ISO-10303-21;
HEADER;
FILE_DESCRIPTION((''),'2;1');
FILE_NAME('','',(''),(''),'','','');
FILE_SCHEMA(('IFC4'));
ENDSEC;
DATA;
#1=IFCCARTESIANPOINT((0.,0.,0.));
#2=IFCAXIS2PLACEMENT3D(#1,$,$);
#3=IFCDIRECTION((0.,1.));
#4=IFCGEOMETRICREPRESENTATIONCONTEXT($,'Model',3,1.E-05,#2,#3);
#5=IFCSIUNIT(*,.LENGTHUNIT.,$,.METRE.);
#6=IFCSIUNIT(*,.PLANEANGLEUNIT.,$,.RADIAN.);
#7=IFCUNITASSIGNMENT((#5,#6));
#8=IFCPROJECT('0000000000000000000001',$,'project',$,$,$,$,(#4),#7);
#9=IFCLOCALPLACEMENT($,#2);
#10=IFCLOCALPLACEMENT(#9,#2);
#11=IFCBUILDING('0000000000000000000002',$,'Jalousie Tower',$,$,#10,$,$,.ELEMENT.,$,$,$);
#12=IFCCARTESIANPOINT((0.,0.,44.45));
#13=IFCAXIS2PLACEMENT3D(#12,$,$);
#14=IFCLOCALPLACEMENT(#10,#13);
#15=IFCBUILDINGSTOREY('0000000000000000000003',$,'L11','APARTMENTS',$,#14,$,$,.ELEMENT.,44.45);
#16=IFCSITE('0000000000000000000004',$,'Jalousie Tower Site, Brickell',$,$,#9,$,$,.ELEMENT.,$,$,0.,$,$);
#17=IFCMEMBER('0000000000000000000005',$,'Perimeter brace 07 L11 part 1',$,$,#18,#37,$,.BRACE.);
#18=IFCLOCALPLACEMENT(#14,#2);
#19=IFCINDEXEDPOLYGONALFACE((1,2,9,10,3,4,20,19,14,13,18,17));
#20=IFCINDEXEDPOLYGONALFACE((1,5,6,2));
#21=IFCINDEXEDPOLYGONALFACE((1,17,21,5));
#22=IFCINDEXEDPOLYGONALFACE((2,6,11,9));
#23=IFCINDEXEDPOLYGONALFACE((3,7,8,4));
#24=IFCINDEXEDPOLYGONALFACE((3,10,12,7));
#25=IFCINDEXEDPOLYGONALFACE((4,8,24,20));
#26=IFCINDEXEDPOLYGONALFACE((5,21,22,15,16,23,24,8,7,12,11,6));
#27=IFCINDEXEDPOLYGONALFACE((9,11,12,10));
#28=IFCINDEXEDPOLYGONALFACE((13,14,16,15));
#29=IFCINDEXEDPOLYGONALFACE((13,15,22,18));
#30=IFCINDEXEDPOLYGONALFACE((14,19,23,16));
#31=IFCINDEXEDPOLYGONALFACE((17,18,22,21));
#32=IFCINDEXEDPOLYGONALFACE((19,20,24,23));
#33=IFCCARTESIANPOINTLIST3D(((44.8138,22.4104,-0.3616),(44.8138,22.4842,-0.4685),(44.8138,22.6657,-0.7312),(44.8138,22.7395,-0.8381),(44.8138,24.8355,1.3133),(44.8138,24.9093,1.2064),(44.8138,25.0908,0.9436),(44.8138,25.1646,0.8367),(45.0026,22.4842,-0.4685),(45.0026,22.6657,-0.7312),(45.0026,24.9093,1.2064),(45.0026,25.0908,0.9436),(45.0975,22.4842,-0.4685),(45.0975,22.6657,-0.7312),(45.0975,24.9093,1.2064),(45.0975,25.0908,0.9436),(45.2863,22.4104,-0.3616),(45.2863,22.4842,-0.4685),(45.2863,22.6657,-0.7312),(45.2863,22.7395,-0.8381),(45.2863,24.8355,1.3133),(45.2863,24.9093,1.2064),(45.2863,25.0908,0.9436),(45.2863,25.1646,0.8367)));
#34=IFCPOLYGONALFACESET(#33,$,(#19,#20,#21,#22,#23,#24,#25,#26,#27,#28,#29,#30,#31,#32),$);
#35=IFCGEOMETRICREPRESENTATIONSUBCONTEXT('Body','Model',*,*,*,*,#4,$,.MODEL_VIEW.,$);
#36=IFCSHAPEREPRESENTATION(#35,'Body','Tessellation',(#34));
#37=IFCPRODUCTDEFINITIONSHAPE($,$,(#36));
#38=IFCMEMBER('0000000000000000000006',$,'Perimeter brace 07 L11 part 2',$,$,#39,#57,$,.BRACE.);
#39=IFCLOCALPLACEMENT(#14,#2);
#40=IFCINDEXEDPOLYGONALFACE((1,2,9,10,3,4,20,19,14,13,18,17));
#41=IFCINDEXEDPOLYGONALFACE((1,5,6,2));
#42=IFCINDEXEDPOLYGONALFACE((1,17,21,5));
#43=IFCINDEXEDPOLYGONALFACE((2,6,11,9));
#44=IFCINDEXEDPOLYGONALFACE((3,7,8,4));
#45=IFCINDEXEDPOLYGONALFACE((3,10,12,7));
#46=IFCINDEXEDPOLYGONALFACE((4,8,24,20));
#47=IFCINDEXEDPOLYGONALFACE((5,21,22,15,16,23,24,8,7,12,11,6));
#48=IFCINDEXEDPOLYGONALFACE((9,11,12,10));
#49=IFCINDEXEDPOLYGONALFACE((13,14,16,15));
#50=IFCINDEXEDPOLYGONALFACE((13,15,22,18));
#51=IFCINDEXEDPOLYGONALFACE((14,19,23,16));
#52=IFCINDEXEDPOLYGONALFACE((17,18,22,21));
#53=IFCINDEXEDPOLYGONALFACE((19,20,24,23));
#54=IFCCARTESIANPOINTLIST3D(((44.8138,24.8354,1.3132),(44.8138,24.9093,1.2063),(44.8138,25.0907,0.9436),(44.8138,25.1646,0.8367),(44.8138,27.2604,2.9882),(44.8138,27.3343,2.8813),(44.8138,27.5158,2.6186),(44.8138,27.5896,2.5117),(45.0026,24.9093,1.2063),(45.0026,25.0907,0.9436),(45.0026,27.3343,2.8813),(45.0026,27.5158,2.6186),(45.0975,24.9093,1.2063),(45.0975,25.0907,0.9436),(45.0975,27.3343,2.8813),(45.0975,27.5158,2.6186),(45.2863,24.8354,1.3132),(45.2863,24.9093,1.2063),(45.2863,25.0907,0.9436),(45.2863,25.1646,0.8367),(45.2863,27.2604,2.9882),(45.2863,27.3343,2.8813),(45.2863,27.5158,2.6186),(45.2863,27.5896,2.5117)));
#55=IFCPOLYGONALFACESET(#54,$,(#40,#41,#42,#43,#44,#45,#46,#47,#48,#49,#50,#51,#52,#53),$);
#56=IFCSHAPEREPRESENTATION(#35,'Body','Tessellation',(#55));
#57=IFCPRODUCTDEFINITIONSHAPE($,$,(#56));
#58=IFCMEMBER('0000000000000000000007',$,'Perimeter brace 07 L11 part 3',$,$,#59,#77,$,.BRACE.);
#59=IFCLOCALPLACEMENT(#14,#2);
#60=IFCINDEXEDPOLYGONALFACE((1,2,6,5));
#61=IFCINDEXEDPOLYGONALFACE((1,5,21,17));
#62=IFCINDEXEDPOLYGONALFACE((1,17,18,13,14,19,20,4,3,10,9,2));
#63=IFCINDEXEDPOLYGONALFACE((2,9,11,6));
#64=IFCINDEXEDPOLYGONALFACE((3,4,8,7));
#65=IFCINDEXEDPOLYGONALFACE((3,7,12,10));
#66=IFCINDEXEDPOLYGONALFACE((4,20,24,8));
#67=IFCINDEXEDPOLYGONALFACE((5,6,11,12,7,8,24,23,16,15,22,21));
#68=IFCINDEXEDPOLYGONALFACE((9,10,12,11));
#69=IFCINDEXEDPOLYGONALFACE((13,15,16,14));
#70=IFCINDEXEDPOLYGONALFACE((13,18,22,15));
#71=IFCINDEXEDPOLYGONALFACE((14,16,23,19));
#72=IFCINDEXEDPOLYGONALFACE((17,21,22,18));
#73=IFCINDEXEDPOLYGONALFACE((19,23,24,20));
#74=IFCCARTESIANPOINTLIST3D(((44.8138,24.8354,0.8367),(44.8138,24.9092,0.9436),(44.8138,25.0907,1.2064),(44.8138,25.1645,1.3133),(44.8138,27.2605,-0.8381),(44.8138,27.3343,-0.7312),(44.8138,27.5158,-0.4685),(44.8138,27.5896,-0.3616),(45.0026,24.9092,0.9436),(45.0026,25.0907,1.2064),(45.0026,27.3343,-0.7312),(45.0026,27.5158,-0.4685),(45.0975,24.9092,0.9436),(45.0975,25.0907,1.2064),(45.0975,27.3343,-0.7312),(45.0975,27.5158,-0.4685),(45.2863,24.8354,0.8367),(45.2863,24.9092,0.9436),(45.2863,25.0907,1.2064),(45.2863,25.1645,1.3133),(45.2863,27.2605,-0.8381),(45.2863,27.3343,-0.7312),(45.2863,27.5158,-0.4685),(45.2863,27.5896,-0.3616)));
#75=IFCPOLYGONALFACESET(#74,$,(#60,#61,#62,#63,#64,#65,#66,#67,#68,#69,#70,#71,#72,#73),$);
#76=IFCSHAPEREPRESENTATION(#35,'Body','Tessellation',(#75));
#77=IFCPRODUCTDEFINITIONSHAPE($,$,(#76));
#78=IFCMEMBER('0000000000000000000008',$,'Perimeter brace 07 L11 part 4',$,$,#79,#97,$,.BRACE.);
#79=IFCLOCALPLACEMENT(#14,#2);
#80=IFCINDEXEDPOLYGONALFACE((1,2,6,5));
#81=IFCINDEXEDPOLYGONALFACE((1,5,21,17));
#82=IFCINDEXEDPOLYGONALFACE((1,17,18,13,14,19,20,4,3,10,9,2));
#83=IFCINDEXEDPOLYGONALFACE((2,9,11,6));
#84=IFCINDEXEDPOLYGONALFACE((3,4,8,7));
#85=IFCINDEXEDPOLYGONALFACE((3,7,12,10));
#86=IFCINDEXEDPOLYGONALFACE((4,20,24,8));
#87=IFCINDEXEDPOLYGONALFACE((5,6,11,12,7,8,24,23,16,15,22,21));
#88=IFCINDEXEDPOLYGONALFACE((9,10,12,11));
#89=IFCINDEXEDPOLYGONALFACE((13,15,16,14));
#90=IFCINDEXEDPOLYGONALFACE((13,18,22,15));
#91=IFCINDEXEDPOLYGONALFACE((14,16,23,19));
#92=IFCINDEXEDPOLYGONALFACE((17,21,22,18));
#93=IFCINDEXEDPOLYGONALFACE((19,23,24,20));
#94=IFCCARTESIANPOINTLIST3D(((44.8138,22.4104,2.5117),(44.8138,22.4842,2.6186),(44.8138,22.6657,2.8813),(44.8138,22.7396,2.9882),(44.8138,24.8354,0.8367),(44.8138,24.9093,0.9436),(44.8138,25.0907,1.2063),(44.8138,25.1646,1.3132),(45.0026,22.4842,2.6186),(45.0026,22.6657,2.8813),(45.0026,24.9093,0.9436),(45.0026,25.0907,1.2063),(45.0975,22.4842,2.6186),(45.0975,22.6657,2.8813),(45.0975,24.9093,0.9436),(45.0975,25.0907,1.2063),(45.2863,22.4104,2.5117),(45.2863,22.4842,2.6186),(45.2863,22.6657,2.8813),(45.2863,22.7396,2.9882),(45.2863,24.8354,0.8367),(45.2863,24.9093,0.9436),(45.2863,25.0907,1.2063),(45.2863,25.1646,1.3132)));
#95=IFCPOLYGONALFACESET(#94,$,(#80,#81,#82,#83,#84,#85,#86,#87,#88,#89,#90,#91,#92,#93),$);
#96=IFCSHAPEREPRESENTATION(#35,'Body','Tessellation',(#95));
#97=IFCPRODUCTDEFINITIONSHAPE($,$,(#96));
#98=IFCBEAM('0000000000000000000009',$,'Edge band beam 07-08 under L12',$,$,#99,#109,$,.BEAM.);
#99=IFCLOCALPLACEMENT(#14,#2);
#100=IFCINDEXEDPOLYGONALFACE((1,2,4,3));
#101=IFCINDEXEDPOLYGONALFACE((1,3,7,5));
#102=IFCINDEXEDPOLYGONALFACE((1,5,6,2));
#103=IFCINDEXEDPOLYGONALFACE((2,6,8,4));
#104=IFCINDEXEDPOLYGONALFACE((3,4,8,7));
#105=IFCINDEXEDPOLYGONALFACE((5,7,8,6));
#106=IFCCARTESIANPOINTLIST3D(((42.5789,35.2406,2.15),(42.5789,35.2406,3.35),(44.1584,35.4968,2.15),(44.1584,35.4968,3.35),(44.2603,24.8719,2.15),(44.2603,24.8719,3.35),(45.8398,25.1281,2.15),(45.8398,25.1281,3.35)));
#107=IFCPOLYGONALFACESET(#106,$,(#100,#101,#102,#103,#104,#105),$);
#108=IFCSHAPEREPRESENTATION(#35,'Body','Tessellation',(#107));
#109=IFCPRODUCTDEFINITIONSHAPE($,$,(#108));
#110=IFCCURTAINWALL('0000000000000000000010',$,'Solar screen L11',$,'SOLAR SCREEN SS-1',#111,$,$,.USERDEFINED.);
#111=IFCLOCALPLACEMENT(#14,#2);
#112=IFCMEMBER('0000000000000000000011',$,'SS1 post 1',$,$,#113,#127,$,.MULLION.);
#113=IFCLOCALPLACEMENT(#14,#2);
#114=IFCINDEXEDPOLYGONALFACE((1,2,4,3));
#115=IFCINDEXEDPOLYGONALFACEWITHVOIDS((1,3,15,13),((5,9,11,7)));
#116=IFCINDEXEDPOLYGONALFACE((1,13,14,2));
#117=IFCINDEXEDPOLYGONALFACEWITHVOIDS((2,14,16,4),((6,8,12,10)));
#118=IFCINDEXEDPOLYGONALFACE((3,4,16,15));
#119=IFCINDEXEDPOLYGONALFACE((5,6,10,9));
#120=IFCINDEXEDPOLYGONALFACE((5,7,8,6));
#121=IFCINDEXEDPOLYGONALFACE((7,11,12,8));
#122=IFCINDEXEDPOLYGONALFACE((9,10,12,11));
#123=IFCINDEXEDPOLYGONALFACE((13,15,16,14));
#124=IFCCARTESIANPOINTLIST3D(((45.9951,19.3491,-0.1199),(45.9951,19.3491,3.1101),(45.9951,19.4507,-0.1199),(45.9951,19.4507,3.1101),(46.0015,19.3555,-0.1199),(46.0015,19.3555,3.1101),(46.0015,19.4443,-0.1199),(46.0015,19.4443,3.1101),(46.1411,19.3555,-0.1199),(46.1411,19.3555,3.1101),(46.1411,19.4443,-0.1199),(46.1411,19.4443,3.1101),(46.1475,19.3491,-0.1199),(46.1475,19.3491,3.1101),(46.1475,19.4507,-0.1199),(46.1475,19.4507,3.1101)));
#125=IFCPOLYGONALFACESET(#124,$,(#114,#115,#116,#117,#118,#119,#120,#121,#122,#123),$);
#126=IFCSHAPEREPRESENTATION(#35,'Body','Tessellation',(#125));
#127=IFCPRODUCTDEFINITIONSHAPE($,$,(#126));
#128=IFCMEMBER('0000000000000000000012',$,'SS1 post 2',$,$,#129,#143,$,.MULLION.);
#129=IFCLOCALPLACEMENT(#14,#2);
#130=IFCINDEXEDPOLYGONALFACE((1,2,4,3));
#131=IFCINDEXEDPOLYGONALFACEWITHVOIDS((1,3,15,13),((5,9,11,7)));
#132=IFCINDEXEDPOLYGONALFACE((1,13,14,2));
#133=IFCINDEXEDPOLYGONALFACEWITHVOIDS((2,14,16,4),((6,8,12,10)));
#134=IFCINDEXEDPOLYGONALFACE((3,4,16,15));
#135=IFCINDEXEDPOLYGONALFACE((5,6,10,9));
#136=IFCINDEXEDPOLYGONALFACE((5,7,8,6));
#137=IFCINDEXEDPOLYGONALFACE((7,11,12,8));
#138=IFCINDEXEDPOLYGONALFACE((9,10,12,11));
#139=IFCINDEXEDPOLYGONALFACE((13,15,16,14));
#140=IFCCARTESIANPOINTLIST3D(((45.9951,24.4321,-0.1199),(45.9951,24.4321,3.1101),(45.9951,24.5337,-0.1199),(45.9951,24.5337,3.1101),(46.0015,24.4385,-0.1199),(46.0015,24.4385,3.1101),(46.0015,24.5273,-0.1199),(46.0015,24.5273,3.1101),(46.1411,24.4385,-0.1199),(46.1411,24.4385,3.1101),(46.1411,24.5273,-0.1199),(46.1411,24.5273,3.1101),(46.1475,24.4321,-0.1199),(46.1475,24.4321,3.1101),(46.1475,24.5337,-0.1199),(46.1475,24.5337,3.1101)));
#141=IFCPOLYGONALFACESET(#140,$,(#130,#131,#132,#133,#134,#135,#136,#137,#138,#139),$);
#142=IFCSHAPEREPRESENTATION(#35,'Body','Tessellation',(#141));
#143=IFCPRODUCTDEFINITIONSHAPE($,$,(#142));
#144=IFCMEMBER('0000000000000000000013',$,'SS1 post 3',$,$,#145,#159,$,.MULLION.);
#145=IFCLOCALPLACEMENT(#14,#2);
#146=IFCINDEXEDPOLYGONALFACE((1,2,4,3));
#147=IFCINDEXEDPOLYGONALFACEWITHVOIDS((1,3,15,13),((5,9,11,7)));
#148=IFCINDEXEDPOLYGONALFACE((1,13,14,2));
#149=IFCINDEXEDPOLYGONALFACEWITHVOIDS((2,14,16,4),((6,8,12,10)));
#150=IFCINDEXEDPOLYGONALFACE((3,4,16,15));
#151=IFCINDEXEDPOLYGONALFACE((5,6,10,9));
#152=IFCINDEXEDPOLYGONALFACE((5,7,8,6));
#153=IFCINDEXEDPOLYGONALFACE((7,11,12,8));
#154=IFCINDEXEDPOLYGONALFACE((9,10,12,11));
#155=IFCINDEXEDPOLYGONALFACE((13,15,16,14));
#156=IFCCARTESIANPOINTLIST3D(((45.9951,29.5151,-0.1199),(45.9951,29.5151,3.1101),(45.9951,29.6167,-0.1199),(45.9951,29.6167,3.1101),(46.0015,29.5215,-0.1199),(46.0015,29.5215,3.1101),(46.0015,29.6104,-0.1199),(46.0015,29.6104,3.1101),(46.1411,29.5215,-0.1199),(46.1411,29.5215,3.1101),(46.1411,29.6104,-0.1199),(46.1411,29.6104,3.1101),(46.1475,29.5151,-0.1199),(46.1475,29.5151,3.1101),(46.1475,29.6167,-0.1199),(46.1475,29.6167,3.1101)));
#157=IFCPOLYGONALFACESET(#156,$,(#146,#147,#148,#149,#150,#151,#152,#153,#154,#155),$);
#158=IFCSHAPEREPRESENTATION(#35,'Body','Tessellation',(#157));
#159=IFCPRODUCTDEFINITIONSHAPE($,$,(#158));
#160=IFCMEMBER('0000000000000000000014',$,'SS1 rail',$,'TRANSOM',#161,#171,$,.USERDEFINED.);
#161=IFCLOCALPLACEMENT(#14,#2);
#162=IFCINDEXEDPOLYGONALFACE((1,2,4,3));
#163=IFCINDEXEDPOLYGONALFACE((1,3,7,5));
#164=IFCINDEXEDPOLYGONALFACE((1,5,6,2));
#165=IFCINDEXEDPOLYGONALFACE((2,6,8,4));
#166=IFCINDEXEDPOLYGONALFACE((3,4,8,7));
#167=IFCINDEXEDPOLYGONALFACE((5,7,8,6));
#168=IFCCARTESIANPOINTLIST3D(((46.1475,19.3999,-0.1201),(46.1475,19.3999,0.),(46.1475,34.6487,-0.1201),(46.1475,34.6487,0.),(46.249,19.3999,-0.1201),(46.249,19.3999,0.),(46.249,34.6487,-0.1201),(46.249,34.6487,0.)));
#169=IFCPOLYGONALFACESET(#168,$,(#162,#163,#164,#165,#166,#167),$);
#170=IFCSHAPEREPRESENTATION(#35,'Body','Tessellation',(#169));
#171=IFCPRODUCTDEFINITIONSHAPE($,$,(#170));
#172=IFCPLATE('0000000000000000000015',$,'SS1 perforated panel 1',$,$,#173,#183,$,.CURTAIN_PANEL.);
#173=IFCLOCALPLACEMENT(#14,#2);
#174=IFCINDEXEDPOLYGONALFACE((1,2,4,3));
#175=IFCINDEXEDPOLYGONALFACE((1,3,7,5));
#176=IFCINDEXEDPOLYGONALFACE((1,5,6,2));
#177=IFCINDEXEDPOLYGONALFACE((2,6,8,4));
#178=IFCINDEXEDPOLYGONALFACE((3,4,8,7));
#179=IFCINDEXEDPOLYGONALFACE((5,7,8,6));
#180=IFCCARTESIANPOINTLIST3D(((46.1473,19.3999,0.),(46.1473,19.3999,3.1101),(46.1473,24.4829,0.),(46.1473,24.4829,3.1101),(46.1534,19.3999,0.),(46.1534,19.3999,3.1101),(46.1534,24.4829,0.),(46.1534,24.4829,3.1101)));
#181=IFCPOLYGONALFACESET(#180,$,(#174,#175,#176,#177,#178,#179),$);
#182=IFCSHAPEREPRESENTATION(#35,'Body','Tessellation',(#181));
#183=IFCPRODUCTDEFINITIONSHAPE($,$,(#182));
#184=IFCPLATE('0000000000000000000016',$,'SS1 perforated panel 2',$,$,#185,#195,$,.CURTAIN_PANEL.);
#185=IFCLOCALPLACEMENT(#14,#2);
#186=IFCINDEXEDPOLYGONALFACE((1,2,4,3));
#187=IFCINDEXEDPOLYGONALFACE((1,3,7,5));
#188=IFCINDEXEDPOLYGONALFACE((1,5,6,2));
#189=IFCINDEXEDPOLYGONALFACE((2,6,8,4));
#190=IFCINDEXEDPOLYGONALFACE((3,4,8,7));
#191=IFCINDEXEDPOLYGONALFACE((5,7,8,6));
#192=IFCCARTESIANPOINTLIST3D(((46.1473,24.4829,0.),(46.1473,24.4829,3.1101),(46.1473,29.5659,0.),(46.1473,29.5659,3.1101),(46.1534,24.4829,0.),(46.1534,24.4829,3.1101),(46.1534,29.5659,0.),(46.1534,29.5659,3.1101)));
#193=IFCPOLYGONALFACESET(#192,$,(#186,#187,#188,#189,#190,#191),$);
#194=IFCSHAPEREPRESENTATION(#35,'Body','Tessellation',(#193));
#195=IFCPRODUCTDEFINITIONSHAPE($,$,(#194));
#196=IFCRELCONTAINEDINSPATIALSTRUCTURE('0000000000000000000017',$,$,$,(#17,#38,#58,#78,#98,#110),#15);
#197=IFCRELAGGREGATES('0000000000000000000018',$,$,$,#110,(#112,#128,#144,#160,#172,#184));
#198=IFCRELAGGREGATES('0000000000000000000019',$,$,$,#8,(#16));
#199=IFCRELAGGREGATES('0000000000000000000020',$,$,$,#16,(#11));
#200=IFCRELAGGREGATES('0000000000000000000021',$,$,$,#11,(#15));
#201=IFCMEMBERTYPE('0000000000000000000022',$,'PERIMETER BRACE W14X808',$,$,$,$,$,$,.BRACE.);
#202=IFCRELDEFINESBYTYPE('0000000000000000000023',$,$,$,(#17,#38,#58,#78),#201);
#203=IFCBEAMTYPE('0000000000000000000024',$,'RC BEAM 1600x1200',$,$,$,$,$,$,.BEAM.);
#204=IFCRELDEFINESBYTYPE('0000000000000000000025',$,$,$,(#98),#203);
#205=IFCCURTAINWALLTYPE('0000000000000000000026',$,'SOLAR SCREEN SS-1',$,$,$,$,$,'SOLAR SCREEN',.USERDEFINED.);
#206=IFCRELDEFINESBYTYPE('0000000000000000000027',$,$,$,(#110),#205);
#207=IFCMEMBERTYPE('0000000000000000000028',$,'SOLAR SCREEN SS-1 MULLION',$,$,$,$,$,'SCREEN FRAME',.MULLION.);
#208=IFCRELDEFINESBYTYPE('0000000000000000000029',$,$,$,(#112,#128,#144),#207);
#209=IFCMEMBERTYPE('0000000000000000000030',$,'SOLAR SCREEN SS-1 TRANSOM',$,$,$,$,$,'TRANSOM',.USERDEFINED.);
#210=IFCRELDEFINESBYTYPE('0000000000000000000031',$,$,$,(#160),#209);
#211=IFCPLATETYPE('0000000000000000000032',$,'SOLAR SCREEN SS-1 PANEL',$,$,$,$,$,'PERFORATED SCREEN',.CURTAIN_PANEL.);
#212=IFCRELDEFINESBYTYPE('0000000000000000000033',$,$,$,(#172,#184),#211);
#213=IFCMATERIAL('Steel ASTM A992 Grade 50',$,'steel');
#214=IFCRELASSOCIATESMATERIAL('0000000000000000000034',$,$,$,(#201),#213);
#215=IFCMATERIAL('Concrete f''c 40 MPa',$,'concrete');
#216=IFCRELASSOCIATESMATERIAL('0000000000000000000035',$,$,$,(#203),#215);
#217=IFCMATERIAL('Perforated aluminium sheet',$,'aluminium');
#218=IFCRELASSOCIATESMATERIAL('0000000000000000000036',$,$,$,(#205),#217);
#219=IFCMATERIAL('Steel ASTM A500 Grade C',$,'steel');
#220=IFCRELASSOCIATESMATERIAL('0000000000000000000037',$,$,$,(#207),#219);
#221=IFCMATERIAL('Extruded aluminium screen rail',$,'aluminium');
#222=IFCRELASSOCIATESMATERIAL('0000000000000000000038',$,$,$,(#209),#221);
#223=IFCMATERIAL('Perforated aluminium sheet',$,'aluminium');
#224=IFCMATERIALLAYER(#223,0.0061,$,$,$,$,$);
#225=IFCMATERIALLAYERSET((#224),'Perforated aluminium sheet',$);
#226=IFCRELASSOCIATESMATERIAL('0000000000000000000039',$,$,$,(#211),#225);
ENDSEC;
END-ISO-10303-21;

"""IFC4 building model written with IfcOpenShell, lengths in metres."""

from ifc_helpers import new_model, si_unit, direction, frame, origin, origin_2d, place, context, subcontext, project, spatial, rectangle, hollow_rectangle, i_section, extrude, material, layer, layer_set, material_profile, profile_set, type_object, element, aggregate, save


model = new_model("IFC4")

# Units and contexts
model_context = context("Model", 3, precision=1e-05, world=origin(), true_north=direction((0.0, 1.0)))
body_context = subcontext(model_context, "Body", "Model", "MODEL_VIEW")
ifc_project = project(units=[si_unit("LENGTHUNIT", "METRE"), si_unit("PLANEANGLEUNIT", "RADIAN")], contexts=[model_context])

# Site, building, storey
site_placement = place(None, origin())
site = spatial("IfcSite", under=ifc_project, at=site_placement, Name="Jalousie Tower Site, Brickell", CompositionType="ELEMENT", RefElevation=0.0)
building_placement = place(site_placement, origin())
building = spatial("IfcBuilding", under=site, at=building_placement, Name="Jalousie Tower", CompositionType="ELEMENT")
storey_placement = place(building_placement, frame((0.0, 0.0, 44.45)))
storey = spatial("IfcBuildingStorey", under=building, at=storey_placement, Name="L11", Description="APARTMENTS", CompositionType="ELEMENT", Elevation=44.45)

# Members
ifc_material_1 = material(Name="Steel ASTM A992 Grade 50", Category="steel")
ifc_material_profile_1 = material_profile(ifc_material_1, i_section(OverallWidth=0.4724, OverallDepth=0.5791, WebThickness=0.095, FlangeThickness=0.1299, at=origin_2d()), Name="W14X808")
ifc_profile_set_1 = profile_set([ifc_material_profile_1], Name="Steel ASTM A992 Grade 50")
member_type_1 = type_object("IfcMemberType", Name="PERIMETER BRACE W14X808", PredefinedType="BRACE", material=ifc_profile_set_1)
for number, where, z_axis, x_axis, name in (
    (1, (45.05, 22.575, -0.5999), (0.0, 0.822839, 0.568275), (-1.0, 0.0, 0.0), "Perimeter brace 07 L11 part 1"),
    (2, (45.05, 25.0, 1.075), (0.0, 0.8228, 0.568331), (-1.0, 0.0, 0.0), "Perimeter brace 07 L11 part 2"),
    (3, (45.05, 27.425, -0.5999), (0.0, -0.822839, 0.568275), (1.0, 0.0, 0.0), "Perimeter brace 07 L11 part 3"),
    (4, (45.05, 25.0, 1.075), (0.0, -0.8228, 0.568331), (1.0, 0.0, 0.0), "Perimeter brace 07 L11 part 4"),
):
    element("IfcMember", number, at=place(storey_placement, frame(where, z_axis=z_axis, x_axis=x_axis)), inside=storey, type_object=member_type_1, Name=name, PredefinedType="BRACE", context=body_context, shape_type="SweptSolid", body=[
        extrude(i_section(OverallWidth=0.4724, OverallDepth=0.5791, WebThickness=0.095, FlangeThickness=0.1299, at=origin_2d()), origin(), (0.0, 0.0, 1.0), 2.9473),
    ])

# Beam
ifc_material_2 = material(Name="Concrete f'c 40 MPa", Category="concrete")
ifc_material_profile_2 = material_profile(ifc_material_2, rectangle(XDim=1.6001, YDim=1.2, at=origin_2d()), Name="RC 1600x1200")
ifc_profile_set_2 = profile_set([ifc_material_profile_2], Name="Concrete f'c 40 MPa")
beam_type = type_object("IfcBeamType", Name="RC BEAM 1600x1200", PredefinedType="BEAM", material=ifc_profile_set_2)
beam_placement = place(storey_placement, frame((45.05, 25.0, 2.75), z_axis=(-0.160071, 0.987106, 0.0), x_axis=(-0.987106, -0.160071, 0.0)))
element("IfcBeam", 5, at=beam_placement, inside=storey, type_object=beam_type, Name="Edge band beam 07-08 under L12", PredefinedType="BEAM", context=body_context, shape_type="SweptSolid", body=[
    extrude(rectangle(XDim=1.6001, YDim=1.2, at=origin_2d()), origin(), (0.0, 0.0, 1.0), 10.5042),
])

# Curtain wall, members, plates
ifc_material_3 = material(Name="Perforated aluminium sheet", Category="aluminium")
curtain_wall_type = type_object("IfcCurtainWallType", Name="SOLAR SCREEN SS-1", ElementType="SOLAR SCREEN", PredefinedType="USERDEFINED", material=ifc_material_3)
curtain_wall_placement = place(storey_placement, origin())
curtain_wall = element("IfcCurtainWall", 6, at=curtain_wall_placement, inside=storey, type_object=curtain_wall_type, Name="Solar screen L11", ObjectType="SOLAR SCREEN SS-1", PredefinedType="USERDEFINED")
ifc_material_4 = material(Name="Steel ASTM A500 Grade C", Category="steel")
ifc_material_profile_3 = material_profile(ifc_material_4, hollow_rectangle(XDim=0.1016, YDim=0.1523, WallThickness=0.0063, at=origin_2d()), Name="HSS6X4X1/4")
ifc_profile_set_3 = profile_set([ifc_material_profile_3], Name="Steel ASTM A500 Grade C")
member_type_2 = type_object("IfcMemberType", Name="SOLAR SCREEN SS-1 MULLION", ElementType="SCREEN FRAME", PredefinedType="MULLION", material=ifc_profile_set_3)
member_1_placement = place(storey_placement, frame((46.0713, 19.3999, -0.1199), z_axis=(0.0, 0.0, 1.0), x_axis=(0.0, 1.0, 0.0)))
member_1 = element("IfcMember", 7, at=member_1_placement, type_object=member_type_2, Name="SS1 post 1", PredefinedType="MULLION", context=body_context, shape_type="SweptSolid", body=[
    extrude(hollow_rectangle(XDim=0.1016, YDim=0.1523, WallThickness=0.0063, at=origin_2d()), origin(), (0.0, 0.0, 1.0), 3.23),
])
member_2_placement = place(storey_placement, frame((46.0713, 24.4829, -0.1199), z_axis=(0.0, 0.0, 1.0), x_axis=(0.0, 1.0, 0.0)))
member_2 = element("IfcMember", 8, at=member_2_placement, type_object=member_type_2, Name="SS1 post 2", PredefinedType="MULLION", context=body_context, shape_type="SweptSolid", body=[
    extrude(hollow_rectangle(XDim=0.1016, YDim=0.1523, WallThickness=0.0063, at=origin_2d()), origin(), (0.0, 0.0, 1.0), 3.23),
])
member_3_placement = place(storey_placement, frame((46.0713, 29.5659, -0.1199), z_axis=(0.0, 0.0, 1.0), x_axis=(0.0, 1.0, 0.0)))
member_3 = element("IfcMember", 9, at=member_3_placement, type_object=member_type_2, Name="SS1 post 3", PredefinedType="MULLION", context=body_context, shape_type="SweptSolid", body=[
    extrude(hollow_rectangle(XDim=0.1016, YDim=0.1523, WallThickness=0.0063, at=origin_2d()), origin(), (0.0, 0.0, 1.0), 3.23),
])
ifc_material_5 = material(Name="Extruded aluminium screen rail", Category="aluminium")
ifc_material_profile_4 = material_profile(ifc_material_5, rectangle(XDim=0.1016, YDim=0.1201, at=origin_2d()), Name="RAIL 102x120")
ifc_profile_set_4 = profile_set([ifc_material_profile_4], Name="Extruded aluminium screen rail")
member_type_3 = type_object("IfcMemberType", Name="SOLAR SCREEN SS-1 TRANSOM", ElementType="TRANSOM", PredefinedType="USERDEFINED", material=ifc_profile_set_4)
member_4_placement = place(storey_placement, frame((46.1982, 19.3999, -0.0601), z_axis=(0.0, 1.0, 0.0), x_axis=(-1.0, 0.0, 0.0)))
member_4 = element("IfcMember", 10, at=member_4_placement, type_object=member_type_3, Name="SS1 rail", ObjectType="TRANSOM", PredefinedType="USERDEFINED", context=body_context, shape_type="SweptSolid", body=[
    extrude(rectangle(XDim=0.1016, YDim=0.1201, at=origin_2d()), origin(), (0.0, 0.0, 1.0), 15.2488),
])
ifc_material_6 = material(Name="Perforated aluminium sheet", Category="aluminium")
ifc_layer_1 = layer(ifc_material_6, 0.0061)
ifc_layer_set_1 = layer_set([ifc_layer_1], Name="Perforated aluminium sheet")
plate_type = type_object("IfcPlateType", Name="SOLAR SCREEN SS-1 PANEL", ElementType="PERFORATED SCREEN", PredefinedType="CURTAIN_PANEL", material=ifc_layer_set_1)
plate_1_placement = place(storey_placement, frame((46.1504, 21.9414, 0.0), z_axis=(0.0, 0.0, 1.0), x_axis=(0.0, 1.0, 0.0)))
plate_1 = element("IfcPlate", 11, at=plate_1_placement, type_object=plate_type, Name="SS1 perforated panel 1", PredefinedType="CURTAIN_PANEL", context=body_context, shape_type="SweptSolid", body=[
    extrude(rectangle(XDim=5.083, YDim=0.0061, at=origin_2d()), origin(), (0.0, 0.0, 1.0), 3.1101),
])
plate_2_placement = place(storey_placement, frame((46.1504, 27.0244, 0.0), z_axis=(0.0, 0.0, 1.0), x_axis=(0.0, 1.0, 0.0)))
plate_2 = element("IfcPlate", 12, at=plate_2_placement, type_object=plate_type, Name="SS1 perforated panel 2", PredefinedType="CURTAIN_PANEL", context=body_context, shape_type="SweptSolid", body=[
    extrude(rectangle(XDim=5.083, YDim=0.0061, at=origin_2d()), origin(), (0.0, 0.0, 1.0), 3.1101),
])
aggregate(curtain_wall, [member_1, member_2, member_3, member_4, plate_1, plate_2])

save(model, "model.ifc")
